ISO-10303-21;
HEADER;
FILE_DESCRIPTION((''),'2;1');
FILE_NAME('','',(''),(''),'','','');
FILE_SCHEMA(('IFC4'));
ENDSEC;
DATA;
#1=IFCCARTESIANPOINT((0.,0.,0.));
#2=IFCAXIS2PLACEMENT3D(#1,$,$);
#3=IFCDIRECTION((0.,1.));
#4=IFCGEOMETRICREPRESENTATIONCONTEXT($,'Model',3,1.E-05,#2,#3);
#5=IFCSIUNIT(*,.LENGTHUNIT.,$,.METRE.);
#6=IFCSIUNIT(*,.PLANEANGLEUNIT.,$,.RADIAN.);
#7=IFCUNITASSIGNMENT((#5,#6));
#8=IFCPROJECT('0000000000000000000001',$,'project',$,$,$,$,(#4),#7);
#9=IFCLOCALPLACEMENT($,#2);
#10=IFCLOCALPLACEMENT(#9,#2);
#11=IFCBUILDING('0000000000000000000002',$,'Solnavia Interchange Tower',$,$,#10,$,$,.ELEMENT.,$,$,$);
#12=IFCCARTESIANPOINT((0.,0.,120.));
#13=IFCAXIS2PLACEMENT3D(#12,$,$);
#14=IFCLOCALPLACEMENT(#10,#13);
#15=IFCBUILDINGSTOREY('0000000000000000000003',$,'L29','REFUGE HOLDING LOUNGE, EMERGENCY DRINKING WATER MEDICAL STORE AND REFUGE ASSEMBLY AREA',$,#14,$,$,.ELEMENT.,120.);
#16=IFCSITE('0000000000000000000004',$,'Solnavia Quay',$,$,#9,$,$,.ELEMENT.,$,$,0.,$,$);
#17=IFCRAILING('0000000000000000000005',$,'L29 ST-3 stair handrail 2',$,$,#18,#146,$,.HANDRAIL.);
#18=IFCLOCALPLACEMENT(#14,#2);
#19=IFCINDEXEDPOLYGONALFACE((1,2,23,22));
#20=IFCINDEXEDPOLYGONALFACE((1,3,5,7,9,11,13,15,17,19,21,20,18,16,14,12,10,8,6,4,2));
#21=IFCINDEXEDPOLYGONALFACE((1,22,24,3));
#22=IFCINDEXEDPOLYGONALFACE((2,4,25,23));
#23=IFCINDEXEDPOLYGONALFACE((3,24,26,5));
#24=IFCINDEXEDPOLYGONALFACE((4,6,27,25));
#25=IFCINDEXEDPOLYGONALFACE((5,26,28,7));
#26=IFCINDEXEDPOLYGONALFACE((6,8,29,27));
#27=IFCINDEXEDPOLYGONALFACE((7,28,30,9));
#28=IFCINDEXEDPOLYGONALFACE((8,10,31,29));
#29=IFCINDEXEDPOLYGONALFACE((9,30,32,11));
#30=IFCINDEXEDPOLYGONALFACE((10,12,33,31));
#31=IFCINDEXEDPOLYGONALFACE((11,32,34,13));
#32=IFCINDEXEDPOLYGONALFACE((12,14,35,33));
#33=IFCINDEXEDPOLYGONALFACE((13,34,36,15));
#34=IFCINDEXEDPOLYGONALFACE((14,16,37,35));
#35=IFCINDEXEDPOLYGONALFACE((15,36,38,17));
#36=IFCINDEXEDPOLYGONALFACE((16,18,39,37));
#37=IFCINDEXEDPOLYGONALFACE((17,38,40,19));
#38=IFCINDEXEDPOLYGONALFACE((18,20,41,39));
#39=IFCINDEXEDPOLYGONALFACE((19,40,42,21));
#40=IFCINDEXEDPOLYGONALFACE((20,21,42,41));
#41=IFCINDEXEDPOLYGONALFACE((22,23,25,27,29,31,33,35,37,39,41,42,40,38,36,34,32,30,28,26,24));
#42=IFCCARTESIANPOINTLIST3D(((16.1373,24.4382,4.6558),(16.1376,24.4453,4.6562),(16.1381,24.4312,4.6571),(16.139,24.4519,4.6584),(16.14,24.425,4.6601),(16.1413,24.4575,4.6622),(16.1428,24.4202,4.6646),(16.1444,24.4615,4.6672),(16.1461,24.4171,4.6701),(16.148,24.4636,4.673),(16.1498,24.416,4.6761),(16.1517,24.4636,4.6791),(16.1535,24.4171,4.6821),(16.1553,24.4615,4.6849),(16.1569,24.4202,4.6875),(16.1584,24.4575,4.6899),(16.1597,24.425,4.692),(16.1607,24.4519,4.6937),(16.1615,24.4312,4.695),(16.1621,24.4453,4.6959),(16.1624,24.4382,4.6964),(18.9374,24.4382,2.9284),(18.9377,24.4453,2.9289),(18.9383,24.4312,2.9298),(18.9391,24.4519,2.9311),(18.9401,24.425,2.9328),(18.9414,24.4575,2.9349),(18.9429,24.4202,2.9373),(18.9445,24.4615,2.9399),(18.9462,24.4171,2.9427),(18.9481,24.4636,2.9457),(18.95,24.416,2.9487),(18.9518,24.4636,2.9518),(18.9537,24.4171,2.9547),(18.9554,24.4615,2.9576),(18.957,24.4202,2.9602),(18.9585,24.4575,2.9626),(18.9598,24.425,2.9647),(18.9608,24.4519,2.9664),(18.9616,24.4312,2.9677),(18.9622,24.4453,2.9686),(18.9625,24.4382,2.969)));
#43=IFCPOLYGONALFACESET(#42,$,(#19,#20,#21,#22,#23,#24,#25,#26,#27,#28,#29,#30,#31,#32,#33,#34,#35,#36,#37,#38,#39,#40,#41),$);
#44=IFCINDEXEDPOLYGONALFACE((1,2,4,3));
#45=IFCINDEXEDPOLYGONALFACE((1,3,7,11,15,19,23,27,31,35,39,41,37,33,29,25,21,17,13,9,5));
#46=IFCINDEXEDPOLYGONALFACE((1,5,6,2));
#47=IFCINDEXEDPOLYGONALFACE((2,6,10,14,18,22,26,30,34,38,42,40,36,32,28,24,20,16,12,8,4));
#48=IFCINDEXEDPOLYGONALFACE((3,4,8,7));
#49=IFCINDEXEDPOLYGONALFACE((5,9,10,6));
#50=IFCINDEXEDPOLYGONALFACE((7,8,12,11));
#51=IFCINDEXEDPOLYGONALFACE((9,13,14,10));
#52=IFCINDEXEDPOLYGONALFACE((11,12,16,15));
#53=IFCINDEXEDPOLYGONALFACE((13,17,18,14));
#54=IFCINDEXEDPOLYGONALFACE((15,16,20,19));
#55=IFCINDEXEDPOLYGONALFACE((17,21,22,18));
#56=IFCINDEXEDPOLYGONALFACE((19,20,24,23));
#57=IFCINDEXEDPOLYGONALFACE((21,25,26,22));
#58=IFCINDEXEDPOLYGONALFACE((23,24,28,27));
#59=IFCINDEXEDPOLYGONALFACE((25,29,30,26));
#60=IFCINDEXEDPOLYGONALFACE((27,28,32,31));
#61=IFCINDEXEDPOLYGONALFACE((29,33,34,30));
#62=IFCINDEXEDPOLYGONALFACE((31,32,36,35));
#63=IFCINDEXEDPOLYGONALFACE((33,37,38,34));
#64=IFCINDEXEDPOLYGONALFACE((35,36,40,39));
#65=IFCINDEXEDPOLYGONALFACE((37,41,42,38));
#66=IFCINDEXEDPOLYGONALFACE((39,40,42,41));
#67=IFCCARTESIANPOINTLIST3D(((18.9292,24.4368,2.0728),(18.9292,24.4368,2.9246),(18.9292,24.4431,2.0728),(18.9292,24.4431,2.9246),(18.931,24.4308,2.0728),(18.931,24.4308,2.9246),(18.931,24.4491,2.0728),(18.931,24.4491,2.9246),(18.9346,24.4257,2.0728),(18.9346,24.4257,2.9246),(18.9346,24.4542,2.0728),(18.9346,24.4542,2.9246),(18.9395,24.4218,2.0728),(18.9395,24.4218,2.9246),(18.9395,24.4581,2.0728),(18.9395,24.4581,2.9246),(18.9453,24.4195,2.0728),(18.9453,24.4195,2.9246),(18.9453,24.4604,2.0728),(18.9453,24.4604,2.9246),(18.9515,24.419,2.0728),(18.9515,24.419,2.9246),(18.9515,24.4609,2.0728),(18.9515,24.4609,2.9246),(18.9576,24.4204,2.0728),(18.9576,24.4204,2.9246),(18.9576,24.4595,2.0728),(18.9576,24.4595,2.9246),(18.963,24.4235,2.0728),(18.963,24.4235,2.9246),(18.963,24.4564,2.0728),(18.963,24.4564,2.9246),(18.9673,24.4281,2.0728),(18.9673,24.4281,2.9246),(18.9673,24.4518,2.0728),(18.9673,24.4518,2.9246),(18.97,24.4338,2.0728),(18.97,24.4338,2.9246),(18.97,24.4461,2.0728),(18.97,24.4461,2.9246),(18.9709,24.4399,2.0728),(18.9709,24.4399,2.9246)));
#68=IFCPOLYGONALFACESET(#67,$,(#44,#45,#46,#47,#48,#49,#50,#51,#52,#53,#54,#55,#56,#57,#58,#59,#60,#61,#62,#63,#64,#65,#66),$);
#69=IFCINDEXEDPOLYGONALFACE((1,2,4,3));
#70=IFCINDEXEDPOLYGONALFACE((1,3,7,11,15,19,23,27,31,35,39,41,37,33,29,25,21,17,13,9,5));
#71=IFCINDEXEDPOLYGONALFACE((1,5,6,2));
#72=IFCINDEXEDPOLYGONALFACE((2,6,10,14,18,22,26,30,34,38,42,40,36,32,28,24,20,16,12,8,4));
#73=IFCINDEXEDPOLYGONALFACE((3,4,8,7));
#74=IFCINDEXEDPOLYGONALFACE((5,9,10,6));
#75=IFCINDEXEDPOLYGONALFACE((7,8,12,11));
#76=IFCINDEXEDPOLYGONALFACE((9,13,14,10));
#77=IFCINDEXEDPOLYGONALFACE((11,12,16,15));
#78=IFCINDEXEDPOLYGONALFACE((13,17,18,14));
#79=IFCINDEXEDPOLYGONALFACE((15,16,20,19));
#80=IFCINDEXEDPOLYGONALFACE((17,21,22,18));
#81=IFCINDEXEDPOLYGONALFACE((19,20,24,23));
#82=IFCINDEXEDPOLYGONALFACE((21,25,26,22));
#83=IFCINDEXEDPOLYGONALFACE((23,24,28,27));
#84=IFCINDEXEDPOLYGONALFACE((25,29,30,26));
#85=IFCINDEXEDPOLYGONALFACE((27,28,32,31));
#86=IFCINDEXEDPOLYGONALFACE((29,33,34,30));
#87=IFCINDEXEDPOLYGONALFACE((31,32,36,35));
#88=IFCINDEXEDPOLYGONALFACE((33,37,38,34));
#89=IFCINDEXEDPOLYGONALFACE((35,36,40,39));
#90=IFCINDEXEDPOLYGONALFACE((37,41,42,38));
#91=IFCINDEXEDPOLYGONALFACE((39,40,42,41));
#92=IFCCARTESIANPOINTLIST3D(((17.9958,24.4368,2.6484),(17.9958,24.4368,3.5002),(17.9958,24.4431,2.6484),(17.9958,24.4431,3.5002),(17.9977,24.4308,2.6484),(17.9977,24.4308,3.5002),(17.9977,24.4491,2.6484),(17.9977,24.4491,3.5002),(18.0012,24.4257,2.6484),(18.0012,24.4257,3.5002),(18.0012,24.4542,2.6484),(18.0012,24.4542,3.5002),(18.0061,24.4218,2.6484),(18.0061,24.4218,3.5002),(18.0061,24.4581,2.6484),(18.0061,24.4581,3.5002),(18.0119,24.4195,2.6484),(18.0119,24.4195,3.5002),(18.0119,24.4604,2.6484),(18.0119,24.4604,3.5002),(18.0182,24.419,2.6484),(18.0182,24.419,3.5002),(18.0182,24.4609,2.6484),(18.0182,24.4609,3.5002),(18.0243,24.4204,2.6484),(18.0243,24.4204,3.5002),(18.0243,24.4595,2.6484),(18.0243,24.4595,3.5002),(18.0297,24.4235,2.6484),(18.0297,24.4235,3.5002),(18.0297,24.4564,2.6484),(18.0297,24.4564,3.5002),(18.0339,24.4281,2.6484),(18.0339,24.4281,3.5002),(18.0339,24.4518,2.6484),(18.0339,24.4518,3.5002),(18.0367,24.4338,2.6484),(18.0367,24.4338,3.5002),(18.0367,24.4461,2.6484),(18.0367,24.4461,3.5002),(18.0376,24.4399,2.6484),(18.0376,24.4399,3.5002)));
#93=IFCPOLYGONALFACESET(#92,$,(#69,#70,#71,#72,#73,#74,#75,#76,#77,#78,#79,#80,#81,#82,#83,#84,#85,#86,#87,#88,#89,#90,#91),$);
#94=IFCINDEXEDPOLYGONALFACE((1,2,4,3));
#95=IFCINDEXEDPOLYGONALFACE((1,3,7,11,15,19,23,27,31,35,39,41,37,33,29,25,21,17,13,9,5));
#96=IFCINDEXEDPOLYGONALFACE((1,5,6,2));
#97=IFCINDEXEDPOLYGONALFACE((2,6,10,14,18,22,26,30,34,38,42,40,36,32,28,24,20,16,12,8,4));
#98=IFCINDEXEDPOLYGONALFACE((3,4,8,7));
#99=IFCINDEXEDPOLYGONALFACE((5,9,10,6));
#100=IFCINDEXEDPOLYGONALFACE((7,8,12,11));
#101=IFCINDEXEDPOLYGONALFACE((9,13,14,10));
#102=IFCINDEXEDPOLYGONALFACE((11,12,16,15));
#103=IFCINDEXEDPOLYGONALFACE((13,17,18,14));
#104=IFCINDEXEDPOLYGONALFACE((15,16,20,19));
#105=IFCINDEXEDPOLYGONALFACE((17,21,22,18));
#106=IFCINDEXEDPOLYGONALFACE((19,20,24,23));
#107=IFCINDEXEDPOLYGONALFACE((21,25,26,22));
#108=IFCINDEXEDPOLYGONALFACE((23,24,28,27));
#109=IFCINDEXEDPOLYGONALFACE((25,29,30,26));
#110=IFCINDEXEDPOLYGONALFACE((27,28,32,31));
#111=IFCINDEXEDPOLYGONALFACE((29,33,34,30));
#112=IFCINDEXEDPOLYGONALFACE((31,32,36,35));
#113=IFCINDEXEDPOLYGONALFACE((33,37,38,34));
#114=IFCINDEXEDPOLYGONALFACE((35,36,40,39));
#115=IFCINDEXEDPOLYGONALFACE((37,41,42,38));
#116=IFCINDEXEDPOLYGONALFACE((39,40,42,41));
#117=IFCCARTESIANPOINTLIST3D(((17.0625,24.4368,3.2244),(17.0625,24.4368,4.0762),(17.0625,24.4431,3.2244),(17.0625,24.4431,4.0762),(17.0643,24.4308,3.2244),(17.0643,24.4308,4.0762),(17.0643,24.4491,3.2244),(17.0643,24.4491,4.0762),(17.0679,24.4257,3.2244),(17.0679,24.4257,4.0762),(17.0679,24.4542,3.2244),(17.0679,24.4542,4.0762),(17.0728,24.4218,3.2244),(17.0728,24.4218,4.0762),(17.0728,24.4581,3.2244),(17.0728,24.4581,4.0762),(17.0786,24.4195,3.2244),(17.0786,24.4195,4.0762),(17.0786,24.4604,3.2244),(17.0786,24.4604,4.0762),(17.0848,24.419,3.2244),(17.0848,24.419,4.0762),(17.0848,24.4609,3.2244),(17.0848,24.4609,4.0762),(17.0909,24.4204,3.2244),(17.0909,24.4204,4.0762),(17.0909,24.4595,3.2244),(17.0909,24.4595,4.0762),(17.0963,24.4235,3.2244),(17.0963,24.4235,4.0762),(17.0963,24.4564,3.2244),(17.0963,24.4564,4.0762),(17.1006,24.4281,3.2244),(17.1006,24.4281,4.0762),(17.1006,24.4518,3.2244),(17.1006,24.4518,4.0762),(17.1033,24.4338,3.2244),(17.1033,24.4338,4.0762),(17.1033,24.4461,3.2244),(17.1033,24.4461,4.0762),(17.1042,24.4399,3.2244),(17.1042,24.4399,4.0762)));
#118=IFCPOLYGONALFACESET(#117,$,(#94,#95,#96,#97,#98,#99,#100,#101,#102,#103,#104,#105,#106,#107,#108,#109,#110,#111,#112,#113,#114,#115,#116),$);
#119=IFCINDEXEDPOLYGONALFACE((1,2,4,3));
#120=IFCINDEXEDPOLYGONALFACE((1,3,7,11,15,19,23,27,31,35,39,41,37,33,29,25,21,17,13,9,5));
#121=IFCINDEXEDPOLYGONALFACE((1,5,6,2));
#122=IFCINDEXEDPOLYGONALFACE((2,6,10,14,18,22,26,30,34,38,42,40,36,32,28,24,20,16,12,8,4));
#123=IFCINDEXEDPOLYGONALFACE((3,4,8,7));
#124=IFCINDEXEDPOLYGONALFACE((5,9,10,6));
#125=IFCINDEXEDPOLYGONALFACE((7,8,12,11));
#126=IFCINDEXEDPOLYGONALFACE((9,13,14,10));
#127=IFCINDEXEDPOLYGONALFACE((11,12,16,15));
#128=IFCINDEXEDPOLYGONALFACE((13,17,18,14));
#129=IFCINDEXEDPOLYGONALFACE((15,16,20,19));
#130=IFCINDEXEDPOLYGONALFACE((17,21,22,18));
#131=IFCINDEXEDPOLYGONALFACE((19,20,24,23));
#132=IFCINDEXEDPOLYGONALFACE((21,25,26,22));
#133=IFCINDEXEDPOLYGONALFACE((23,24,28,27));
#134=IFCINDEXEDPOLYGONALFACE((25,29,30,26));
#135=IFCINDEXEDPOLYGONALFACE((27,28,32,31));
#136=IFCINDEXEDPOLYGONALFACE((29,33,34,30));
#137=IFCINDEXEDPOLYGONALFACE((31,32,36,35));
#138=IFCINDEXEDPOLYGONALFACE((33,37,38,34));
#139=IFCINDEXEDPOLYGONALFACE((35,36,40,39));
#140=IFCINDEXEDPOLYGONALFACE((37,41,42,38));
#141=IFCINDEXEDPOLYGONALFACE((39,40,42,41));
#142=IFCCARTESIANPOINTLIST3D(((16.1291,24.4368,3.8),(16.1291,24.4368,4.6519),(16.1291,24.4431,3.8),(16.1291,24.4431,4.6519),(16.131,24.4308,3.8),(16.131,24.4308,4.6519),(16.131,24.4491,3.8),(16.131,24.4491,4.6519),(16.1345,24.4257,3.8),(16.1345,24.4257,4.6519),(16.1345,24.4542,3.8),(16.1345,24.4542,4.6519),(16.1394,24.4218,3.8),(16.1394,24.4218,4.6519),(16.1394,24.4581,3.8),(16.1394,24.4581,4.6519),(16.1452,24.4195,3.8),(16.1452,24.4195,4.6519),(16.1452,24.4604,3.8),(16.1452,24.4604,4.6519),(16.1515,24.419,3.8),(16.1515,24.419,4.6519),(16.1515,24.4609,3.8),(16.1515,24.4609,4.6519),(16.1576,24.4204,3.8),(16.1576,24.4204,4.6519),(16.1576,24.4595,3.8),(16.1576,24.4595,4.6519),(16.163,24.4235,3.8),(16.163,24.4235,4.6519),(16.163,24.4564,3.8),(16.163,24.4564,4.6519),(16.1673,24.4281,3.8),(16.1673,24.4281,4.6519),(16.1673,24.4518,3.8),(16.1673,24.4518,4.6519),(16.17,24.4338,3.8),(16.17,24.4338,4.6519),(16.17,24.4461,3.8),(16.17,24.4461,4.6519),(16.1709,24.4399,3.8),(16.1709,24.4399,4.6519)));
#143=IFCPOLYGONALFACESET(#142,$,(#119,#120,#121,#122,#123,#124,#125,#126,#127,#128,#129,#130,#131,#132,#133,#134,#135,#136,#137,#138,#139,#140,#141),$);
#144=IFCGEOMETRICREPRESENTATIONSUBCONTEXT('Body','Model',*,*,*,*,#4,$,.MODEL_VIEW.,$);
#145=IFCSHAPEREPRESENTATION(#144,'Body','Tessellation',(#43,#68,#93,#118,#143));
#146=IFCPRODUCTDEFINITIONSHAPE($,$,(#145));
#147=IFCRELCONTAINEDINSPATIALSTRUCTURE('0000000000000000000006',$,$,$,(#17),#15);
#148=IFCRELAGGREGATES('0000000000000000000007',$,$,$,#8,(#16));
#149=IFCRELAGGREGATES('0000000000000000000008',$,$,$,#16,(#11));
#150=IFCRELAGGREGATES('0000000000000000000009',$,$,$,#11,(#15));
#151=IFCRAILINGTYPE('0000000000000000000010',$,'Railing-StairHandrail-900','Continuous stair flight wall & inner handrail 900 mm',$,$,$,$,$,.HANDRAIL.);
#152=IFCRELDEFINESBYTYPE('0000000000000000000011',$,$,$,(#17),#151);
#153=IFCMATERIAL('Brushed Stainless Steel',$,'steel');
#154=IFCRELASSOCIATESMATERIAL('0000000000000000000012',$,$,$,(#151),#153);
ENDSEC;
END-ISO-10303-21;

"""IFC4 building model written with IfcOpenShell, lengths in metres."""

from ifc_helpers import new_model, si_unit, direction, frame, origin, origin_2d, place, context, subcontext, project, spatial, circle, extrude, material, type_object, element, save


model = new_model("IFC4")

# Units and contexts
model_context = context("Model", 3, precision=1e-05, world=origin(), true_north=direction((0.0, 1.0)))
body_context = subcontext(model_context, "Body", "Model", "MODEL_VIEW")
ifc_project = project(units=[si_unit("LENGTHUNIT", "METRE"), si_unit("PLANEANGLEUNIT", "RADIAN")], contexts=[model_context])

# Site, building, storey
site_placement = place(None, origin())
site = spatial("IfcSite", under=ifc_project, at=site_placement, Name="Solnavia Quay", CompositionType="ELEMENT", RefElevation=0.0)
building_placement = place(site_placement, origin())
building = spatial("IfcBuilding", under=site, at=building_placement, Name="Solnavia Interchange Tower", CompositionType="ELEMENT")
storey_placement = place(building_placement, frame((0.0, 0.0, 120.0)))
storey = spatial("IfcBuildingStorey", under=building, at=storey_placement, Name="L29", Description="REFUGE HOLDING LOUNGE, EMERGENCY DRINKING WATER MEDICAL STORE AND REFUGE ASSEMBLY AREA", CompositionType="ELEMENT", Elevation=120.0)

# Railing
ifc_material_1 = material(Name="Brushed Stainless Steel", Category="steel")
railing_type_1 = type_object("IfcRailingType", Name="Railing-StairHandrail-900", Description="Continuous stair flight wall & inner handrail 900 mm", PredefinedType="HANDRAIL", material=ifc_material_1)
railing_1_placement = place(storey_placement, frame((18.95, 24.4399, 2.0728)))
element("IfcRailing", 1, at=railing_1_placement, inside=storey, type_object=railing_type_1, Name="L29 ST-3 stair handrail 2", PredefinedType="HANDRAIL", context=body_context, shape_type="SweptSolid", body=[
    extrude(circle(Radius=0.0239, at=origin_2d()), frame((0.0, 0.0, 0.876), z_axis=(-0.85109, 0.0, 0.52502), x_axis=(0.0, -1.0, 0.0)), (0.0, 0.0, 1.0), 3.29),
    extrude(circle(Radius=0.021, at=origin_2d()), origin(), (0.0, 0.0, 1.0), 0.8518),
    extrude(circle(Radius=0.021, at=origin_2d()), frame((-0.9333, 0.0, 0.5757)), (0.0, 0.0, 1.0), 0.8518),
    extrude(circle(Radius=0.021, at=origin_2d()), frame((-1.8667, 0.0, 1.1516)), (0.0, 0.0, 1.0), 0.8518),
    extrude(circle(Radius=0.021, at=origin_2d()), frame((-2.8, 0.0, 1.7273)), (0.0, 0.0, 1.0), 0.8518),
])

save(model, "model.ifc")
